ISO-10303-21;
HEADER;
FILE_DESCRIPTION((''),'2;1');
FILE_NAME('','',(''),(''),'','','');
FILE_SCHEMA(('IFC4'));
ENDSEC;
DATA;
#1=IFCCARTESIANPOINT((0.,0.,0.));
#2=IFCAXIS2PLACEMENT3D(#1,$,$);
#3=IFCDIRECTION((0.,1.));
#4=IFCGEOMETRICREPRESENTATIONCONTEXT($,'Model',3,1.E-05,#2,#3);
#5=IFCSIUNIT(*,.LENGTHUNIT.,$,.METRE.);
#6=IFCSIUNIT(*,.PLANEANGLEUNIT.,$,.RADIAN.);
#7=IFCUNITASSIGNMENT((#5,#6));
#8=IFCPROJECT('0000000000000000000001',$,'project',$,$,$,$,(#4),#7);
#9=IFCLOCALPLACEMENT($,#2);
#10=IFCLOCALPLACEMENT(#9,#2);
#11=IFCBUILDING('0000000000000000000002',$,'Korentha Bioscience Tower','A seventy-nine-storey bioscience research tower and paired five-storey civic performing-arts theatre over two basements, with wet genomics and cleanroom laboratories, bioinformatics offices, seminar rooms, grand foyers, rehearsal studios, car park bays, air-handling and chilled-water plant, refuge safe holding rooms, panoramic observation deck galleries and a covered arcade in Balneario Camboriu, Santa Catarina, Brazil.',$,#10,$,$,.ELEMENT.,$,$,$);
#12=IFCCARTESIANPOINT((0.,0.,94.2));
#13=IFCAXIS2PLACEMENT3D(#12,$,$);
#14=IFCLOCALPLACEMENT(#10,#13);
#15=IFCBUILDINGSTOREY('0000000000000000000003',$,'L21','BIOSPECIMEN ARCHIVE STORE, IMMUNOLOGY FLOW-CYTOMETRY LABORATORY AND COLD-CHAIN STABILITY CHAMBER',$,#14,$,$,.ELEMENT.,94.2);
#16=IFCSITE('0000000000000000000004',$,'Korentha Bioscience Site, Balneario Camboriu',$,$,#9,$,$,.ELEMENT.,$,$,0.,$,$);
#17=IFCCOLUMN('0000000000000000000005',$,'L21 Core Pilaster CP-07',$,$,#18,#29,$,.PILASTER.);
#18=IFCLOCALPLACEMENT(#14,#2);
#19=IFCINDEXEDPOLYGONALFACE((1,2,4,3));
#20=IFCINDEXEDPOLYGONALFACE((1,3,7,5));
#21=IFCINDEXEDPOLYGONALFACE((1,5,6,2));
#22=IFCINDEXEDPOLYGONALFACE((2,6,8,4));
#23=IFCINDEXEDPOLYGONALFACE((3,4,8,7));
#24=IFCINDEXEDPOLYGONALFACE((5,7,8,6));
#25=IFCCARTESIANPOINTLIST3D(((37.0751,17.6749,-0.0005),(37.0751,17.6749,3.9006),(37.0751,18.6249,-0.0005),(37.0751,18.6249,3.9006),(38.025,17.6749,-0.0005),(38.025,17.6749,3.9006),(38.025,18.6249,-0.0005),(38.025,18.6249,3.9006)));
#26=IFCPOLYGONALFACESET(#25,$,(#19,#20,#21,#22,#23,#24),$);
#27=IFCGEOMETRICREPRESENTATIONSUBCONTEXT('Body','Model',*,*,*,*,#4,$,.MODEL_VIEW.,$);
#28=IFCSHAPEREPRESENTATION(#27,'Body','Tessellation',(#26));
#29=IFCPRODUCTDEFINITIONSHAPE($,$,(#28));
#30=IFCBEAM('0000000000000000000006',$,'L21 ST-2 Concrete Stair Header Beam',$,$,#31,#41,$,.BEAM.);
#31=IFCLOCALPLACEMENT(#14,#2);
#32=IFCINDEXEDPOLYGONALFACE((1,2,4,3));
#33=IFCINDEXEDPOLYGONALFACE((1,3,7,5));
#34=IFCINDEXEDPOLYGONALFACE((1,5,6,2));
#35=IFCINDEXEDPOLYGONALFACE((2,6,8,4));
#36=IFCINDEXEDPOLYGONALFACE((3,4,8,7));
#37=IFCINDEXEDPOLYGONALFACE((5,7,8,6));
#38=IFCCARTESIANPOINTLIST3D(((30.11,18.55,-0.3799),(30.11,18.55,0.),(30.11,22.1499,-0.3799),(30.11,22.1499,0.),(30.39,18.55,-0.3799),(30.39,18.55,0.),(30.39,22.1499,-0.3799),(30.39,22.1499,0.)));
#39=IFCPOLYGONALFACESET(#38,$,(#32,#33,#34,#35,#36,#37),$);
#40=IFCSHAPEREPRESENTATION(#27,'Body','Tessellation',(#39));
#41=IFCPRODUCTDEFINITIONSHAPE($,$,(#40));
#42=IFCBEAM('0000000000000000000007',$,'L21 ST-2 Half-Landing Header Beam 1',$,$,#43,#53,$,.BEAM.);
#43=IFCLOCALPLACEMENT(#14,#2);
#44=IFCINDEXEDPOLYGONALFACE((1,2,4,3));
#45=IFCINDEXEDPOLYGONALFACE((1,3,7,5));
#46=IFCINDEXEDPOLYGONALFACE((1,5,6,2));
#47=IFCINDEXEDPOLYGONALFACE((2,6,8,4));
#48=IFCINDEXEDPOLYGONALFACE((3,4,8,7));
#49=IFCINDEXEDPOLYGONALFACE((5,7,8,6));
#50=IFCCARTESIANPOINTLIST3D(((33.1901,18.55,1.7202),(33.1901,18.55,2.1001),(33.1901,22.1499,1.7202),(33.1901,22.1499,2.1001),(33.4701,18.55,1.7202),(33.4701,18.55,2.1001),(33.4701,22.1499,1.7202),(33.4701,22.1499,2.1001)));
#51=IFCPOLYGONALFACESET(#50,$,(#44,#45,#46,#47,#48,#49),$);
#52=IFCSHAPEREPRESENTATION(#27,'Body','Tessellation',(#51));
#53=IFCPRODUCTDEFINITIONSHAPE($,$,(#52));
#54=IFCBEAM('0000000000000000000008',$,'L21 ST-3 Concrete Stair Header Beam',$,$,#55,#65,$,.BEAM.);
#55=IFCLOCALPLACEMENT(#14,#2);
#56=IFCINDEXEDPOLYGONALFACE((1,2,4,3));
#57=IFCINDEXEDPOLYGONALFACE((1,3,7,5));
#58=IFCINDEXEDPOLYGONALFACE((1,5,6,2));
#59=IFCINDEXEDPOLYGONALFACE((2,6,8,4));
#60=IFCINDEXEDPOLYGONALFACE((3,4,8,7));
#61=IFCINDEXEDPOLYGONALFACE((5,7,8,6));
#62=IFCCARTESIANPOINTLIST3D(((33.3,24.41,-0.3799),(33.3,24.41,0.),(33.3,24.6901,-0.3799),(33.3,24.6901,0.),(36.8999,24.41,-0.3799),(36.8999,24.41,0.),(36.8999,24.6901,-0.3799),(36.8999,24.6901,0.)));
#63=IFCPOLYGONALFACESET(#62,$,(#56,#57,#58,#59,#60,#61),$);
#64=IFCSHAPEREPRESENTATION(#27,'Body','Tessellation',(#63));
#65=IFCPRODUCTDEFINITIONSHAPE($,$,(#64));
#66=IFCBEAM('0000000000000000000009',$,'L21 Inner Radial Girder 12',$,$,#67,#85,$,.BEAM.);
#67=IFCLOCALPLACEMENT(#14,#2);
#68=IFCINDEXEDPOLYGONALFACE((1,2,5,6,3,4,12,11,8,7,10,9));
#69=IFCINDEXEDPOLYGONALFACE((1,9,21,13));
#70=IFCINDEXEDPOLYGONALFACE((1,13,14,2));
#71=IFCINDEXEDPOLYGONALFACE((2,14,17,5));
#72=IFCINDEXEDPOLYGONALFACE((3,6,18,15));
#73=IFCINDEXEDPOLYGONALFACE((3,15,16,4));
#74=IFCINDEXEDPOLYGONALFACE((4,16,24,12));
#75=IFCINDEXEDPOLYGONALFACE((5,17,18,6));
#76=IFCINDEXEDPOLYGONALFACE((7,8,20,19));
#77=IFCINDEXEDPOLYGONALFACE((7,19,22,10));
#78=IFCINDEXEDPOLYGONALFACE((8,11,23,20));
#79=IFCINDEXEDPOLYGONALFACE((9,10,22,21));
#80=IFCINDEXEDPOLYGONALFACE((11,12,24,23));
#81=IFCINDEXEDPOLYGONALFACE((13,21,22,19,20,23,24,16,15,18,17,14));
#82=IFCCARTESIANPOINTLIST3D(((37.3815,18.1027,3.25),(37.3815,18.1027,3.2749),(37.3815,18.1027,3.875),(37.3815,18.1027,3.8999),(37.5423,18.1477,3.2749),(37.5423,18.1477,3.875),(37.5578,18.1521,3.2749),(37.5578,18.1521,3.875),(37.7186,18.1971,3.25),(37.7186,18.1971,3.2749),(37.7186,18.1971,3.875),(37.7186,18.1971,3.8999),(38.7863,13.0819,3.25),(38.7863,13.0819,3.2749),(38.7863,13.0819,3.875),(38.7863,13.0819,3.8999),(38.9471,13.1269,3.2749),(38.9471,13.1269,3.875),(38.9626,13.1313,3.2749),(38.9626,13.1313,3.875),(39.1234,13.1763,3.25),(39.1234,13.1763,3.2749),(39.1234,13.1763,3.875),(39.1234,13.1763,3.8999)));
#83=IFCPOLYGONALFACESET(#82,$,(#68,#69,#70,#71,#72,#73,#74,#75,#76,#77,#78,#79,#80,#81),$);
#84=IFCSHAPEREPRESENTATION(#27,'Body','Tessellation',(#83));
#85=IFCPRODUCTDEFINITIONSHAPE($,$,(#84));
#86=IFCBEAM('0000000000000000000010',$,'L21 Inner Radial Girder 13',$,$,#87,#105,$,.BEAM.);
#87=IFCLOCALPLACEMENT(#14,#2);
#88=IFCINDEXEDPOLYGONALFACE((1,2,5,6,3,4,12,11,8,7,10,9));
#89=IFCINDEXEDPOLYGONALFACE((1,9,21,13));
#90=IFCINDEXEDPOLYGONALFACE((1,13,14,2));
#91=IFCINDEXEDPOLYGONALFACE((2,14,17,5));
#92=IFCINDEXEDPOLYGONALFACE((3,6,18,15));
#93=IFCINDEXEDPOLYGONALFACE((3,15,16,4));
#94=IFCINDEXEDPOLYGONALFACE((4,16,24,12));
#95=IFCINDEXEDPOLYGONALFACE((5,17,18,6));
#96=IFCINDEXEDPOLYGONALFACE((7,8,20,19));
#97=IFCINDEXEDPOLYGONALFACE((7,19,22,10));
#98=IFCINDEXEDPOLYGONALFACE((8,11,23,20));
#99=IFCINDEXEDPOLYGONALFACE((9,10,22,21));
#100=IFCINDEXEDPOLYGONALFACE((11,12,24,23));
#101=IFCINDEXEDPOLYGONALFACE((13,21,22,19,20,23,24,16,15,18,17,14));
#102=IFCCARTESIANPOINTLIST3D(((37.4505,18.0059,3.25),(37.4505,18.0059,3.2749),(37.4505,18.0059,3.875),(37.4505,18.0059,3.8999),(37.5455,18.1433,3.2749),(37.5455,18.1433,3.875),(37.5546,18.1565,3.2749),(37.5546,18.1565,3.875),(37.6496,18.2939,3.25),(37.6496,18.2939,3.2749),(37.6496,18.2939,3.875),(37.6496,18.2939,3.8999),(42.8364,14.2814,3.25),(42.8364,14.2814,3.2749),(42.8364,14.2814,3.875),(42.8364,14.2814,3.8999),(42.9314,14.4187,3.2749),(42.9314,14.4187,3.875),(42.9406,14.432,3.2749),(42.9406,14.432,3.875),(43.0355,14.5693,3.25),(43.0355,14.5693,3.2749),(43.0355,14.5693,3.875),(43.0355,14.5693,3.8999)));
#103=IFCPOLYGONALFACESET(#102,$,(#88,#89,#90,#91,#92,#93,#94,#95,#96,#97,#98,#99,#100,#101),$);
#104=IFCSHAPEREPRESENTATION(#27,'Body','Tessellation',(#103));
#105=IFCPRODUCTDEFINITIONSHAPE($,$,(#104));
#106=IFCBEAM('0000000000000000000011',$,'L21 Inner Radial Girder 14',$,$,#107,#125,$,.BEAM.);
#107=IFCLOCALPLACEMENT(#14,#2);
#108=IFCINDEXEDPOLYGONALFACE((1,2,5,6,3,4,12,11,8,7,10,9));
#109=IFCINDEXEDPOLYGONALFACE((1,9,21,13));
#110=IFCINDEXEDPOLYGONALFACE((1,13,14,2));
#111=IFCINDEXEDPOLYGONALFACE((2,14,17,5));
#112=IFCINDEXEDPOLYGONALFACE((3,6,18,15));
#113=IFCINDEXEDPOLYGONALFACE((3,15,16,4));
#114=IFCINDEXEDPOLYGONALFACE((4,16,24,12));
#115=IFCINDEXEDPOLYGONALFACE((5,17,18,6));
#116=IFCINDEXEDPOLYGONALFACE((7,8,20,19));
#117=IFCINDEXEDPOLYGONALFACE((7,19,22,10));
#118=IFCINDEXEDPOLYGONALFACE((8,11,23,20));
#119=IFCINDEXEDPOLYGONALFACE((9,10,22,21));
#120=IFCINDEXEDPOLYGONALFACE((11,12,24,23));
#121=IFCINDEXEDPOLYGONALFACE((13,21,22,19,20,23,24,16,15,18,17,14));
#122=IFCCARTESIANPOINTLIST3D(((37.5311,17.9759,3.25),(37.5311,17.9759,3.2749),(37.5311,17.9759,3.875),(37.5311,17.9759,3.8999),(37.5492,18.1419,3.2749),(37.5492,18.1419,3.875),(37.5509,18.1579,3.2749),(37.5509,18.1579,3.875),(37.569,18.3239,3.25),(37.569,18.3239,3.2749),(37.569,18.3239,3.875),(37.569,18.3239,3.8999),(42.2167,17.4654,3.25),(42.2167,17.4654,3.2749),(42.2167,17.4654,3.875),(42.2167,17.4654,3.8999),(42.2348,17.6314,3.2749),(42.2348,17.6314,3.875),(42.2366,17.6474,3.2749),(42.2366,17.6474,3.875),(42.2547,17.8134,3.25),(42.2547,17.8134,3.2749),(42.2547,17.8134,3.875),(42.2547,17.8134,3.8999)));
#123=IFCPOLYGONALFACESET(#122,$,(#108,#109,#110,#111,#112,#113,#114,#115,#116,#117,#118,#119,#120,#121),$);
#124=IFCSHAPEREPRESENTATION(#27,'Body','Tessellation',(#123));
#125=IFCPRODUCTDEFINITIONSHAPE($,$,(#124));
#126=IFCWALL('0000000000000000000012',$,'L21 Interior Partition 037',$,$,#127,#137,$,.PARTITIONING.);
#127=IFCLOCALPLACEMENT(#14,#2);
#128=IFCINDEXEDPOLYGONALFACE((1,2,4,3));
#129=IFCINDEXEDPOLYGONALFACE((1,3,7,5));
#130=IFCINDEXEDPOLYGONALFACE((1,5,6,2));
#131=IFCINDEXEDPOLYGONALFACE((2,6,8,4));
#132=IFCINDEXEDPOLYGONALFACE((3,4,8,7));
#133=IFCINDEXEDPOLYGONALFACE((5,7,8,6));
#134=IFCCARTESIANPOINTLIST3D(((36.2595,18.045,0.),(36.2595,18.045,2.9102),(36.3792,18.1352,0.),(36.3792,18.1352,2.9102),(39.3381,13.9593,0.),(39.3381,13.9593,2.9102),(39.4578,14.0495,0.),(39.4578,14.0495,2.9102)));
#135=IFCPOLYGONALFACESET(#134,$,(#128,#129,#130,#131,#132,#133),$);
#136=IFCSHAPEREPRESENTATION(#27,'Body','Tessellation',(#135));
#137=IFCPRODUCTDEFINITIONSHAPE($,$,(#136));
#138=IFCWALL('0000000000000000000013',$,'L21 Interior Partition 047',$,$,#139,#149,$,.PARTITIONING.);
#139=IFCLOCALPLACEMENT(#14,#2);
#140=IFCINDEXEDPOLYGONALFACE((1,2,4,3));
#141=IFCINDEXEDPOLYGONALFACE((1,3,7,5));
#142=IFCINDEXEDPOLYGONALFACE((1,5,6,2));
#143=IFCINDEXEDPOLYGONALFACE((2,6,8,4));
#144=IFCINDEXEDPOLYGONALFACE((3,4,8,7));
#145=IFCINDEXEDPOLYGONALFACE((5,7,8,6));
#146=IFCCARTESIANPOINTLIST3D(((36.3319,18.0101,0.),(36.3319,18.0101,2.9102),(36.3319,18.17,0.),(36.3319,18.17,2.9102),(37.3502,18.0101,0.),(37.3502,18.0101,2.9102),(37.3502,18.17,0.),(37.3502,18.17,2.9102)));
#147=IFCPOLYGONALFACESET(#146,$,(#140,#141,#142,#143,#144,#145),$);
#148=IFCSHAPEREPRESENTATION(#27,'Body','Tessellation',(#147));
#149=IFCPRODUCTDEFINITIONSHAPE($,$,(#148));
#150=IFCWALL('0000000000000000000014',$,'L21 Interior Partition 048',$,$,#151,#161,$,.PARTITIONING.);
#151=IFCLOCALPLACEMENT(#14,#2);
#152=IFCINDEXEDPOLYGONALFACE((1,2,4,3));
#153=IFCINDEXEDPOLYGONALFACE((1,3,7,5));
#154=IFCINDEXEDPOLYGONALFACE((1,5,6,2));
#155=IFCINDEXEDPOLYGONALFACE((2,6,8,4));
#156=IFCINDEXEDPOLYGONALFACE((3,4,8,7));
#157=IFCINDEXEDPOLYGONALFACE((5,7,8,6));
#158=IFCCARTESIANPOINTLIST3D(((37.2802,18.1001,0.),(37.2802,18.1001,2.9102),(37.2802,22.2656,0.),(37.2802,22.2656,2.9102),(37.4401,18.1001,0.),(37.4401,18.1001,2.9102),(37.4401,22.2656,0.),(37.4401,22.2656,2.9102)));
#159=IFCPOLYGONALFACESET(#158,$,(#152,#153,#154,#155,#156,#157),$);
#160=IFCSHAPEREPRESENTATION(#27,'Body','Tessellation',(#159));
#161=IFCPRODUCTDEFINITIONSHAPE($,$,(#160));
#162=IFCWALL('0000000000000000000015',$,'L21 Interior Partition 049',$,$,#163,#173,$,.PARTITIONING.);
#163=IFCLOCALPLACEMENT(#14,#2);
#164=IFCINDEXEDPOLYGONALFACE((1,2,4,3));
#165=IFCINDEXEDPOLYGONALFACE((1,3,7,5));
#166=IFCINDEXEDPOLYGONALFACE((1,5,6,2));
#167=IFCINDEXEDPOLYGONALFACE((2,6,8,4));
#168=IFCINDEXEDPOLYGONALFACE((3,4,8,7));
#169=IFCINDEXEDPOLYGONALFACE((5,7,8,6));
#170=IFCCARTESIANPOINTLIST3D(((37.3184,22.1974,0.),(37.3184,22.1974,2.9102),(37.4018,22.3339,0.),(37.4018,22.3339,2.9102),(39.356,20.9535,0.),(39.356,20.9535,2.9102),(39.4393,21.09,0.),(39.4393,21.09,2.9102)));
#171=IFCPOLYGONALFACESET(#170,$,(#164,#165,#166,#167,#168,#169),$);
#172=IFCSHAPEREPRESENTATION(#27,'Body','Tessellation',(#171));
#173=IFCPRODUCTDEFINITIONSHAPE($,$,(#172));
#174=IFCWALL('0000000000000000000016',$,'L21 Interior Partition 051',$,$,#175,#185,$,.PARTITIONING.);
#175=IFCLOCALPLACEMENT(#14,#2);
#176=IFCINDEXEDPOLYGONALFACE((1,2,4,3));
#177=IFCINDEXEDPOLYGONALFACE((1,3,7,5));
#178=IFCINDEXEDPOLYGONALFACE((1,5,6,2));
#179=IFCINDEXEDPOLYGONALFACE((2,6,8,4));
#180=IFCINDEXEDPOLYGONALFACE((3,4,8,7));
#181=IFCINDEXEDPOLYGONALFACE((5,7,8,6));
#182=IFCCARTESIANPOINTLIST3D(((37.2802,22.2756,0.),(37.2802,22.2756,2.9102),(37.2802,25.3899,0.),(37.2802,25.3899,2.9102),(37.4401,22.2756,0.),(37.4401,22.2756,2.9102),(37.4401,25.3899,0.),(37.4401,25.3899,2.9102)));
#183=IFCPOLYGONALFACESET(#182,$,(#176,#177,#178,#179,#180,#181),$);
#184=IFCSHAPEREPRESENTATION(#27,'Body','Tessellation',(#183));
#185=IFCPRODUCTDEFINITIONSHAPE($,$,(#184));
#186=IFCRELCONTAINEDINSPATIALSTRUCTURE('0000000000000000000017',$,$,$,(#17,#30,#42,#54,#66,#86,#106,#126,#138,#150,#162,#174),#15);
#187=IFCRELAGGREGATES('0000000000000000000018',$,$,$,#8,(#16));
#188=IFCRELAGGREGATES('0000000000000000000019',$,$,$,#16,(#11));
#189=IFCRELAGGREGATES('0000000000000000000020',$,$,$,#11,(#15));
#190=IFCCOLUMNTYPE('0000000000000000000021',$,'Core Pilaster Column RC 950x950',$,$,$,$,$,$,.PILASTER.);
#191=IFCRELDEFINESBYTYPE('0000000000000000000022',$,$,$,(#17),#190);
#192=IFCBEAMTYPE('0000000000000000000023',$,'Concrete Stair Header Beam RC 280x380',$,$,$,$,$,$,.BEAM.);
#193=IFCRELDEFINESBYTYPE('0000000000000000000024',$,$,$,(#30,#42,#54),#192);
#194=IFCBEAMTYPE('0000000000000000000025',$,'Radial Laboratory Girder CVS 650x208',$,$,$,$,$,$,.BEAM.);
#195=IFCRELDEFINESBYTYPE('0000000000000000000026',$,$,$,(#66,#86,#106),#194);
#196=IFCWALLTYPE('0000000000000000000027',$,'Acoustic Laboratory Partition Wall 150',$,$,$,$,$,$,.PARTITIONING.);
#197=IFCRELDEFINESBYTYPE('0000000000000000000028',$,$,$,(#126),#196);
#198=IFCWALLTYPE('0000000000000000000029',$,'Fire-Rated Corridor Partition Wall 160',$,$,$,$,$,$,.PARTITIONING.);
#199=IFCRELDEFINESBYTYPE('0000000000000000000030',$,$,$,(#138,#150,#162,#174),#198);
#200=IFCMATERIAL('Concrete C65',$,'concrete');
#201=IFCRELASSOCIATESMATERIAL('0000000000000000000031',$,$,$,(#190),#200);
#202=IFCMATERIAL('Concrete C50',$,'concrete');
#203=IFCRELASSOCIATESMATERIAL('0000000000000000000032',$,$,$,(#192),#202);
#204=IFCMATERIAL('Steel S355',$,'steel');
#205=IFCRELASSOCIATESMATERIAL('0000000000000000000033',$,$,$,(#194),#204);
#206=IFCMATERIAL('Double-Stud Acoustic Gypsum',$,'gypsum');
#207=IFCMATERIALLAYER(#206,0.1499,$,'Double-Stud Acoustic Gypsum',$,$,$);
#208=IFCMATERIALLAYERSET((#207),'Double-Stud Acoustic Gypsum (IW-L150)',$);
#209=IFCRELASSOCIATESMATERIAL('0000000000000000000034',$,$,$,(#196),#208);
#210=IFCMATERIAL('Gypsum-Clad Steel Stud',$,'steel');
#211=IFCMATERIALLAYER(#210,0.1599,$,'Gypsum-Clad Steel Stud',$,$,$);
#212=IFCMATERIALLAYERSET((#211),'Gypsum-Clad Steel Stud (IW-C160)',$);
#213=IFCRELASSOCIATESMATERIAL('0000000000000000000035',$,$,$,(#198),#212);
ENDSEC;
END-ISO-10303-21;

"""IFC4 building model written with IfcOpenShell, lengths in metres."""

from ifc_helpers import new_model, si_unit, direction, frame, frame_2d, origin, origin_2d, place, context, subcontext, project, spatial, rectangle, i_section, extrude, material, layer, layer_set, material_profile, profile_set, type_object, element, save


model = new_model("IFC4")

# Units and contexts
model_context = context("Model", 3, precision=1e-05, world=origin(), true_north=direction((0.0, 1.0)))
body_context = subcontext(model_context, "Body", "Model", "MODEL_VIEW")
ifc_project = project(units=[si_unit("LENGTHUNIT", "METRE"), si_unit("PLANEANGLEUNIT", "RADIAN")], contexts=[model_context])

# Site, building, storey
site_placement = place(None, origin())
site = spatial("IfcSite", under=ifc_project, at=site_placement, Name="Korentha Bioscience Site, Balneario Camboriu", CompositionType="ELEMENT", RefElevation=0.0)
building_placement = place(site_placement, origin())
building = spatial("IfcBuilding", under=site, at=building_placement, Name="Korentha Bioscience Tower", Description="A seventy-nine-storey bioscience research tower and paired five-storey civic performing-arts theatre over two basements, with wet genomics and cleanroom laboratories, bioinformatics offices, seminar rooms, grand foyers, rehearsal studios, car park bays, air-handling and chilled-water plant, refuge safe holding rooms, panoramic observation deck galleries and a covered arcade in Balneario Camboriu, Santa Catarina, Brazil.", CompositionType="ELEMENT")
storey_placement = place(building_placement, frame((0.0, 0.0, 94.2)))
storey = spatial("IfcBuildingStorey", under=building, at=storey_placement, Name="L21", Description="BIOSPECIMEN ARCHIVE STORE, IMMUNOLOGY FLOW-CYTOMETRY LABORATORY AND COLD-CHAIN STABILITY CHAMBER", CompositionType="ELEMENT", Elevation=94.2)

# Column
ifc_material_1 = material(Name="Concrete C65", Category="concrete")
ifc_material_profile_1 = material_profile(ifc_material_1, rectangle(XDim=0.95, YDim=0.95, at=origin_2d()), Name="Concrete C65")
ifc_profile_set_1 = profile_set([ifc_material_profile_1], Name="Concrete C65 (COL-CP09)")
column_type = type_object("IfcColumnType", Name="Core Pilaster Column RC 950x950", PredefinedType="PILASTER", material=ifc_profile_set_1)
column_placement = place(storey_placement, frame((37.55, 18.1499, -0.0005), z_axis=(0.0, 0.0, 1.0), x_axis=(1.0, 0.0, 0.0)))
element("IfcColumn", 1, at=column_placement, inside=storey, type_object=column_type, Name="L21 Core Pilaster CP-07", PredefinedType="PILASTER", context=body_context, shape_type="SweptSolid", body=[
    extrude(rectangle(XDim=0.95, YDim=0.95, at=origin_2d()), origin(), (0.0, 0.0, 1.0), 3.9011),
])

# Beams
ifc_material_2 = material(Name="Concrete C50", Category="concrete")
ifc_material_profile_2 = material_profile(ifc_material_2, rectangle(XDim=0.28, YDim=0.3799, at=origin_2d()), Name="Concrete C50")
ifc_profile_set_2 = profile_set([ifc_material_profile_2], Name="Concrete C50 (ST-HB380)")
beam_type_1 = type_object("IfcBeamType", Name="Concrete Stair Header Beam RC 280x380", PredefinedType="BEAM", material=ifc_profile_set_2)
for number, where, z_axis, x_axis, name in (
    (2, (30.25, 18.55, -0.1899), (0.0, 1.0, 0.0), (-1.0, 0.0, 0.0), "L21 ST-2 Concrete Stair Header Beam"),
    (3, (33.3301, 18.55, 1.9102), (0.0, 1.0, 0.0), (-1.0, 0.0, 0.0), "L21 ST-2 Half-Landing Header Beam 1"),
    (4, (36.8999, 24.55, -0.1899), (-1.0, 0.0, 0.0), (0.0, -1.0, 0.0), "L21 ST-3 Concrete Stair Header Beam"),
):
    element("IfcBeam", number, at=place(storey_placement, frame(where, z_axis=z_axis, x_axis=x_axis)), inside=storey, type_object=beam_type_1, Name=name, PredefinedType="BEAM", context=body_context, shape_type="SweptSolid", body=[
        extrude(rectangle(XDim=0.28, YDim=0.3799, at=origin_2d()), origin(), (0.0, 0.0, 1.0), 3.5999),
    ])
ifc_material_3 = material(Name="Steel S355", Category="steel")
ifc_material_profile_3 = material_profile(ifc_material_3, i_section(OverallWidth=0.3501, OverallDepth=0.6499, WebThickness=0.0161, FlangeThickness=0.0249, at=origin_2d()), Name="Steel S355")
ifc_profile_set_3 = profile_set([ifc_material_profile_3], Name="Steel S355 (RB-650)")
beam_type_2 = type_object("IfcBeamType", Name="Radial Laboratory Girder CVS 650x208", PredefinedType="BEAM", material=ifc_profile_set_3)
beam_1_placement = place(storey_placement, frame((37.55, 18.1499, 3.575), z_axis=(0.269448, -0.963015, 0.0), x_axis=(0.963015, 0.269448, 0.0)))
element("IfcBeam", 5, at=beam_1_placement, inside=storey, type_object=beam_type_2, Name="L21 Inner Radial Girder 12", PredefinedType="BEAM", context=body_context, shape_type="SweptSolid", body=[
    extrude(i_section(OverallWidth=0.3501, OverallDepth=0.6499, WebThickness=0.0161, FlangeThickness=0.0249, at=origin_2d()), origin(), (0.0, 0.0, 1.0), 5.2136),
])
beam_2_placement = place(storey_placement, frame((37.55, 18.1499, 3.575), z_axis=(0.822489, -0.568781, 0.0), x_axis=(0.568781, 0.822489, 0.0)))
element("IfcBeam", 6, at=beam_2_placement, inside=storey, type_object=beam_type_2, Name="L21 Inner Radial Girder 13", PredefinedType="BEAM", context=body_context, shape_type="SweptSolid", body=[
    extrude(i_section(OverallWidth=0.3501, OverallDepth=0.6499, WebThickness=0.0161, FlangeThickness=0.0249, at=origin_2d()), origin(), (0.0, 0.0, 1.0), 6.5483),
])
beam_3_placement = place(storey_placement, frame((37.55, 18.1499, 3.575), z_axis=(0.994117, -0.108311, 0.0), x_axis=(0.108311, 0.994117, 0.0)))
element("IfcBeam", 7, at=beam_3_placement, inside=storey, type_object=beam_type_2, Name="L21 Inner Radial Girder 14", PredefinedType="BEAM", context=body_context, shape_type="SweptSolid", body=[
    extrude(i_section(OverallWidth=0.3501, OverallDepth=0.6499, WebThickness=0.0161, FlangeThickness=0.0249, at=origin_2d()), origin(), (0.0, 0.0, 1.0), 4.7134),
])

# Walls
ifc_material_4 = material(Name="Double-Stud Acoustic Gypsum", Category="gypsum")
ifc_layer_1 = layer(ifc_material_4, 0.1499, Name="Double-Stud Acoustic Gypsum")
ifc_layer_set_1 = layer_set([ifc_layer_1], Name="Double-Stud Acoustic Gypsum (IW-L150)")
wall_type_1 = type_object("IfcWallType", Name="Acoustic Laboratory Partition Wall 150", PredefinedType="PARTITIONING", material=ifc_layer_set_1)
wall_1_placement = place(storey_placement, frame((36.3193, 18.0901, 0.0), z_axis=(0.0, 0.0, 1.0), x_axis=(0.601793, -0.798652, 0.0)))
element("IfcWall", 8, at=wall_1_placement, inside=storey, type_object=wall_type_1, Name="L21 Interior Partition 037", PredefinedType="PARTITIONING", context=body_context, shape_type="SweptSolid", body=[
    extrude(rectangle(XDim=5.1157, YDim=0.1499, at=frame_2d((2.5579, 0.0))), origin(), (0.0, 0.0, 1.0), 2.9102),
])
ifc_material_5 = material(Name="Gypsum-Clad Steel Stud", Category="steel")
ifc_layer_2 = layer(ifc_material_5, 0.1599, Name="Gypsum-Clad Steel Stud")
ifc_layer_set_2 = layer_set([ifc_layer_2], Name="Gypsum-Clad Steel Stud (IW-C160)")
wall_type_2 = type_object("IfcWallType", Name="Fire-Rated Corridor Partition Wall 160", PredefinedType="PARTITIONING", material=ifc_layer_set_2)
wall_2_placement = place(storey_placement, frame((36.3318, 18.0901, 0.0), z_axis=(0.0, 0.0, 1.0), x_axis=(1.0, 0.0, 0.0)))
element("IfcWall", 9, at=wall_2_placement, inside=storey, type_object=wall_type_2, Name="L21 Interior Partition 047", PredefinedType="PARTITIONING", context=body_context, shape_type="SweptSolid", body=[
    extrude(rectangle(XDim=1.0183, YDim=0.1599, at=frame_2d((0.5093, 0.0))), origin(), (0.0, 0.0, 1.0), 2.9102),
])
wall_3_placement = place(storey_placement, frame((37.3601, 18.1001, 0.0), z_axis=(0.0, 0.0, 1.0), x_axis=(0.0, 1.0, 0.0)))
element("IfcWall", 10, at=wall_3_placement, inside=storey, type_object=wall_type_2, Name="L21 Interior Partition 048", PredefinedType="PARTITIONING", context=body_context, shape_type="SweptSolid", body=[
    extrude(rectangle(XDim=4.1655, YDim=0.1599, at=frame_2d((2.0828, 0.0))), origin(), (0.0, 0.0, 1.0), 2.9102),
])
wall_4_placement = place(storey_placement, frame((37.3601, 22.2656, 0.0), z_axis=(0.0, 0.0, 1.0), x_axis=(0.853524, -0.521053, 0.0)))
element("IfcWall", 11, at=wall_4_placement, inside=storey, type_object=wall_type_2, Name="L21 Interior Partition 049", PredefinedType="PARTITIONING", context=body_context, shape_type="SweptSolid", body=[
    extrude(rectangle(XDim=2.3872, YDim=0.1599, at=frame_2d((1.1936, 0.0))), origin(), (0.0, 0.0, 1.0), 2.9102),
])
wall_5_placement = place(storey_placement, frame((37.3601, 22.2756, 0.0), z_axis=(0.0, 0.0, 1.0), x_axis=(0.0, 1.0, 0.0)))
element("IfcWall", 12, at=wall_5_placement, inside=storey, type_object=wall_type_2, Name="L21 Interior Partition 051", PredefinedType="PARTITIONING", context=body_context, shape_type="SweptSolid", body=[
    extrude(rectangle(XDim=3.1143, YDim=0.1599, at=frame_2d((1.5571, 0.0))), origin(), (0.0, 0.0, 1.0), 2.9102),
])

save(model, "model.ifc")
